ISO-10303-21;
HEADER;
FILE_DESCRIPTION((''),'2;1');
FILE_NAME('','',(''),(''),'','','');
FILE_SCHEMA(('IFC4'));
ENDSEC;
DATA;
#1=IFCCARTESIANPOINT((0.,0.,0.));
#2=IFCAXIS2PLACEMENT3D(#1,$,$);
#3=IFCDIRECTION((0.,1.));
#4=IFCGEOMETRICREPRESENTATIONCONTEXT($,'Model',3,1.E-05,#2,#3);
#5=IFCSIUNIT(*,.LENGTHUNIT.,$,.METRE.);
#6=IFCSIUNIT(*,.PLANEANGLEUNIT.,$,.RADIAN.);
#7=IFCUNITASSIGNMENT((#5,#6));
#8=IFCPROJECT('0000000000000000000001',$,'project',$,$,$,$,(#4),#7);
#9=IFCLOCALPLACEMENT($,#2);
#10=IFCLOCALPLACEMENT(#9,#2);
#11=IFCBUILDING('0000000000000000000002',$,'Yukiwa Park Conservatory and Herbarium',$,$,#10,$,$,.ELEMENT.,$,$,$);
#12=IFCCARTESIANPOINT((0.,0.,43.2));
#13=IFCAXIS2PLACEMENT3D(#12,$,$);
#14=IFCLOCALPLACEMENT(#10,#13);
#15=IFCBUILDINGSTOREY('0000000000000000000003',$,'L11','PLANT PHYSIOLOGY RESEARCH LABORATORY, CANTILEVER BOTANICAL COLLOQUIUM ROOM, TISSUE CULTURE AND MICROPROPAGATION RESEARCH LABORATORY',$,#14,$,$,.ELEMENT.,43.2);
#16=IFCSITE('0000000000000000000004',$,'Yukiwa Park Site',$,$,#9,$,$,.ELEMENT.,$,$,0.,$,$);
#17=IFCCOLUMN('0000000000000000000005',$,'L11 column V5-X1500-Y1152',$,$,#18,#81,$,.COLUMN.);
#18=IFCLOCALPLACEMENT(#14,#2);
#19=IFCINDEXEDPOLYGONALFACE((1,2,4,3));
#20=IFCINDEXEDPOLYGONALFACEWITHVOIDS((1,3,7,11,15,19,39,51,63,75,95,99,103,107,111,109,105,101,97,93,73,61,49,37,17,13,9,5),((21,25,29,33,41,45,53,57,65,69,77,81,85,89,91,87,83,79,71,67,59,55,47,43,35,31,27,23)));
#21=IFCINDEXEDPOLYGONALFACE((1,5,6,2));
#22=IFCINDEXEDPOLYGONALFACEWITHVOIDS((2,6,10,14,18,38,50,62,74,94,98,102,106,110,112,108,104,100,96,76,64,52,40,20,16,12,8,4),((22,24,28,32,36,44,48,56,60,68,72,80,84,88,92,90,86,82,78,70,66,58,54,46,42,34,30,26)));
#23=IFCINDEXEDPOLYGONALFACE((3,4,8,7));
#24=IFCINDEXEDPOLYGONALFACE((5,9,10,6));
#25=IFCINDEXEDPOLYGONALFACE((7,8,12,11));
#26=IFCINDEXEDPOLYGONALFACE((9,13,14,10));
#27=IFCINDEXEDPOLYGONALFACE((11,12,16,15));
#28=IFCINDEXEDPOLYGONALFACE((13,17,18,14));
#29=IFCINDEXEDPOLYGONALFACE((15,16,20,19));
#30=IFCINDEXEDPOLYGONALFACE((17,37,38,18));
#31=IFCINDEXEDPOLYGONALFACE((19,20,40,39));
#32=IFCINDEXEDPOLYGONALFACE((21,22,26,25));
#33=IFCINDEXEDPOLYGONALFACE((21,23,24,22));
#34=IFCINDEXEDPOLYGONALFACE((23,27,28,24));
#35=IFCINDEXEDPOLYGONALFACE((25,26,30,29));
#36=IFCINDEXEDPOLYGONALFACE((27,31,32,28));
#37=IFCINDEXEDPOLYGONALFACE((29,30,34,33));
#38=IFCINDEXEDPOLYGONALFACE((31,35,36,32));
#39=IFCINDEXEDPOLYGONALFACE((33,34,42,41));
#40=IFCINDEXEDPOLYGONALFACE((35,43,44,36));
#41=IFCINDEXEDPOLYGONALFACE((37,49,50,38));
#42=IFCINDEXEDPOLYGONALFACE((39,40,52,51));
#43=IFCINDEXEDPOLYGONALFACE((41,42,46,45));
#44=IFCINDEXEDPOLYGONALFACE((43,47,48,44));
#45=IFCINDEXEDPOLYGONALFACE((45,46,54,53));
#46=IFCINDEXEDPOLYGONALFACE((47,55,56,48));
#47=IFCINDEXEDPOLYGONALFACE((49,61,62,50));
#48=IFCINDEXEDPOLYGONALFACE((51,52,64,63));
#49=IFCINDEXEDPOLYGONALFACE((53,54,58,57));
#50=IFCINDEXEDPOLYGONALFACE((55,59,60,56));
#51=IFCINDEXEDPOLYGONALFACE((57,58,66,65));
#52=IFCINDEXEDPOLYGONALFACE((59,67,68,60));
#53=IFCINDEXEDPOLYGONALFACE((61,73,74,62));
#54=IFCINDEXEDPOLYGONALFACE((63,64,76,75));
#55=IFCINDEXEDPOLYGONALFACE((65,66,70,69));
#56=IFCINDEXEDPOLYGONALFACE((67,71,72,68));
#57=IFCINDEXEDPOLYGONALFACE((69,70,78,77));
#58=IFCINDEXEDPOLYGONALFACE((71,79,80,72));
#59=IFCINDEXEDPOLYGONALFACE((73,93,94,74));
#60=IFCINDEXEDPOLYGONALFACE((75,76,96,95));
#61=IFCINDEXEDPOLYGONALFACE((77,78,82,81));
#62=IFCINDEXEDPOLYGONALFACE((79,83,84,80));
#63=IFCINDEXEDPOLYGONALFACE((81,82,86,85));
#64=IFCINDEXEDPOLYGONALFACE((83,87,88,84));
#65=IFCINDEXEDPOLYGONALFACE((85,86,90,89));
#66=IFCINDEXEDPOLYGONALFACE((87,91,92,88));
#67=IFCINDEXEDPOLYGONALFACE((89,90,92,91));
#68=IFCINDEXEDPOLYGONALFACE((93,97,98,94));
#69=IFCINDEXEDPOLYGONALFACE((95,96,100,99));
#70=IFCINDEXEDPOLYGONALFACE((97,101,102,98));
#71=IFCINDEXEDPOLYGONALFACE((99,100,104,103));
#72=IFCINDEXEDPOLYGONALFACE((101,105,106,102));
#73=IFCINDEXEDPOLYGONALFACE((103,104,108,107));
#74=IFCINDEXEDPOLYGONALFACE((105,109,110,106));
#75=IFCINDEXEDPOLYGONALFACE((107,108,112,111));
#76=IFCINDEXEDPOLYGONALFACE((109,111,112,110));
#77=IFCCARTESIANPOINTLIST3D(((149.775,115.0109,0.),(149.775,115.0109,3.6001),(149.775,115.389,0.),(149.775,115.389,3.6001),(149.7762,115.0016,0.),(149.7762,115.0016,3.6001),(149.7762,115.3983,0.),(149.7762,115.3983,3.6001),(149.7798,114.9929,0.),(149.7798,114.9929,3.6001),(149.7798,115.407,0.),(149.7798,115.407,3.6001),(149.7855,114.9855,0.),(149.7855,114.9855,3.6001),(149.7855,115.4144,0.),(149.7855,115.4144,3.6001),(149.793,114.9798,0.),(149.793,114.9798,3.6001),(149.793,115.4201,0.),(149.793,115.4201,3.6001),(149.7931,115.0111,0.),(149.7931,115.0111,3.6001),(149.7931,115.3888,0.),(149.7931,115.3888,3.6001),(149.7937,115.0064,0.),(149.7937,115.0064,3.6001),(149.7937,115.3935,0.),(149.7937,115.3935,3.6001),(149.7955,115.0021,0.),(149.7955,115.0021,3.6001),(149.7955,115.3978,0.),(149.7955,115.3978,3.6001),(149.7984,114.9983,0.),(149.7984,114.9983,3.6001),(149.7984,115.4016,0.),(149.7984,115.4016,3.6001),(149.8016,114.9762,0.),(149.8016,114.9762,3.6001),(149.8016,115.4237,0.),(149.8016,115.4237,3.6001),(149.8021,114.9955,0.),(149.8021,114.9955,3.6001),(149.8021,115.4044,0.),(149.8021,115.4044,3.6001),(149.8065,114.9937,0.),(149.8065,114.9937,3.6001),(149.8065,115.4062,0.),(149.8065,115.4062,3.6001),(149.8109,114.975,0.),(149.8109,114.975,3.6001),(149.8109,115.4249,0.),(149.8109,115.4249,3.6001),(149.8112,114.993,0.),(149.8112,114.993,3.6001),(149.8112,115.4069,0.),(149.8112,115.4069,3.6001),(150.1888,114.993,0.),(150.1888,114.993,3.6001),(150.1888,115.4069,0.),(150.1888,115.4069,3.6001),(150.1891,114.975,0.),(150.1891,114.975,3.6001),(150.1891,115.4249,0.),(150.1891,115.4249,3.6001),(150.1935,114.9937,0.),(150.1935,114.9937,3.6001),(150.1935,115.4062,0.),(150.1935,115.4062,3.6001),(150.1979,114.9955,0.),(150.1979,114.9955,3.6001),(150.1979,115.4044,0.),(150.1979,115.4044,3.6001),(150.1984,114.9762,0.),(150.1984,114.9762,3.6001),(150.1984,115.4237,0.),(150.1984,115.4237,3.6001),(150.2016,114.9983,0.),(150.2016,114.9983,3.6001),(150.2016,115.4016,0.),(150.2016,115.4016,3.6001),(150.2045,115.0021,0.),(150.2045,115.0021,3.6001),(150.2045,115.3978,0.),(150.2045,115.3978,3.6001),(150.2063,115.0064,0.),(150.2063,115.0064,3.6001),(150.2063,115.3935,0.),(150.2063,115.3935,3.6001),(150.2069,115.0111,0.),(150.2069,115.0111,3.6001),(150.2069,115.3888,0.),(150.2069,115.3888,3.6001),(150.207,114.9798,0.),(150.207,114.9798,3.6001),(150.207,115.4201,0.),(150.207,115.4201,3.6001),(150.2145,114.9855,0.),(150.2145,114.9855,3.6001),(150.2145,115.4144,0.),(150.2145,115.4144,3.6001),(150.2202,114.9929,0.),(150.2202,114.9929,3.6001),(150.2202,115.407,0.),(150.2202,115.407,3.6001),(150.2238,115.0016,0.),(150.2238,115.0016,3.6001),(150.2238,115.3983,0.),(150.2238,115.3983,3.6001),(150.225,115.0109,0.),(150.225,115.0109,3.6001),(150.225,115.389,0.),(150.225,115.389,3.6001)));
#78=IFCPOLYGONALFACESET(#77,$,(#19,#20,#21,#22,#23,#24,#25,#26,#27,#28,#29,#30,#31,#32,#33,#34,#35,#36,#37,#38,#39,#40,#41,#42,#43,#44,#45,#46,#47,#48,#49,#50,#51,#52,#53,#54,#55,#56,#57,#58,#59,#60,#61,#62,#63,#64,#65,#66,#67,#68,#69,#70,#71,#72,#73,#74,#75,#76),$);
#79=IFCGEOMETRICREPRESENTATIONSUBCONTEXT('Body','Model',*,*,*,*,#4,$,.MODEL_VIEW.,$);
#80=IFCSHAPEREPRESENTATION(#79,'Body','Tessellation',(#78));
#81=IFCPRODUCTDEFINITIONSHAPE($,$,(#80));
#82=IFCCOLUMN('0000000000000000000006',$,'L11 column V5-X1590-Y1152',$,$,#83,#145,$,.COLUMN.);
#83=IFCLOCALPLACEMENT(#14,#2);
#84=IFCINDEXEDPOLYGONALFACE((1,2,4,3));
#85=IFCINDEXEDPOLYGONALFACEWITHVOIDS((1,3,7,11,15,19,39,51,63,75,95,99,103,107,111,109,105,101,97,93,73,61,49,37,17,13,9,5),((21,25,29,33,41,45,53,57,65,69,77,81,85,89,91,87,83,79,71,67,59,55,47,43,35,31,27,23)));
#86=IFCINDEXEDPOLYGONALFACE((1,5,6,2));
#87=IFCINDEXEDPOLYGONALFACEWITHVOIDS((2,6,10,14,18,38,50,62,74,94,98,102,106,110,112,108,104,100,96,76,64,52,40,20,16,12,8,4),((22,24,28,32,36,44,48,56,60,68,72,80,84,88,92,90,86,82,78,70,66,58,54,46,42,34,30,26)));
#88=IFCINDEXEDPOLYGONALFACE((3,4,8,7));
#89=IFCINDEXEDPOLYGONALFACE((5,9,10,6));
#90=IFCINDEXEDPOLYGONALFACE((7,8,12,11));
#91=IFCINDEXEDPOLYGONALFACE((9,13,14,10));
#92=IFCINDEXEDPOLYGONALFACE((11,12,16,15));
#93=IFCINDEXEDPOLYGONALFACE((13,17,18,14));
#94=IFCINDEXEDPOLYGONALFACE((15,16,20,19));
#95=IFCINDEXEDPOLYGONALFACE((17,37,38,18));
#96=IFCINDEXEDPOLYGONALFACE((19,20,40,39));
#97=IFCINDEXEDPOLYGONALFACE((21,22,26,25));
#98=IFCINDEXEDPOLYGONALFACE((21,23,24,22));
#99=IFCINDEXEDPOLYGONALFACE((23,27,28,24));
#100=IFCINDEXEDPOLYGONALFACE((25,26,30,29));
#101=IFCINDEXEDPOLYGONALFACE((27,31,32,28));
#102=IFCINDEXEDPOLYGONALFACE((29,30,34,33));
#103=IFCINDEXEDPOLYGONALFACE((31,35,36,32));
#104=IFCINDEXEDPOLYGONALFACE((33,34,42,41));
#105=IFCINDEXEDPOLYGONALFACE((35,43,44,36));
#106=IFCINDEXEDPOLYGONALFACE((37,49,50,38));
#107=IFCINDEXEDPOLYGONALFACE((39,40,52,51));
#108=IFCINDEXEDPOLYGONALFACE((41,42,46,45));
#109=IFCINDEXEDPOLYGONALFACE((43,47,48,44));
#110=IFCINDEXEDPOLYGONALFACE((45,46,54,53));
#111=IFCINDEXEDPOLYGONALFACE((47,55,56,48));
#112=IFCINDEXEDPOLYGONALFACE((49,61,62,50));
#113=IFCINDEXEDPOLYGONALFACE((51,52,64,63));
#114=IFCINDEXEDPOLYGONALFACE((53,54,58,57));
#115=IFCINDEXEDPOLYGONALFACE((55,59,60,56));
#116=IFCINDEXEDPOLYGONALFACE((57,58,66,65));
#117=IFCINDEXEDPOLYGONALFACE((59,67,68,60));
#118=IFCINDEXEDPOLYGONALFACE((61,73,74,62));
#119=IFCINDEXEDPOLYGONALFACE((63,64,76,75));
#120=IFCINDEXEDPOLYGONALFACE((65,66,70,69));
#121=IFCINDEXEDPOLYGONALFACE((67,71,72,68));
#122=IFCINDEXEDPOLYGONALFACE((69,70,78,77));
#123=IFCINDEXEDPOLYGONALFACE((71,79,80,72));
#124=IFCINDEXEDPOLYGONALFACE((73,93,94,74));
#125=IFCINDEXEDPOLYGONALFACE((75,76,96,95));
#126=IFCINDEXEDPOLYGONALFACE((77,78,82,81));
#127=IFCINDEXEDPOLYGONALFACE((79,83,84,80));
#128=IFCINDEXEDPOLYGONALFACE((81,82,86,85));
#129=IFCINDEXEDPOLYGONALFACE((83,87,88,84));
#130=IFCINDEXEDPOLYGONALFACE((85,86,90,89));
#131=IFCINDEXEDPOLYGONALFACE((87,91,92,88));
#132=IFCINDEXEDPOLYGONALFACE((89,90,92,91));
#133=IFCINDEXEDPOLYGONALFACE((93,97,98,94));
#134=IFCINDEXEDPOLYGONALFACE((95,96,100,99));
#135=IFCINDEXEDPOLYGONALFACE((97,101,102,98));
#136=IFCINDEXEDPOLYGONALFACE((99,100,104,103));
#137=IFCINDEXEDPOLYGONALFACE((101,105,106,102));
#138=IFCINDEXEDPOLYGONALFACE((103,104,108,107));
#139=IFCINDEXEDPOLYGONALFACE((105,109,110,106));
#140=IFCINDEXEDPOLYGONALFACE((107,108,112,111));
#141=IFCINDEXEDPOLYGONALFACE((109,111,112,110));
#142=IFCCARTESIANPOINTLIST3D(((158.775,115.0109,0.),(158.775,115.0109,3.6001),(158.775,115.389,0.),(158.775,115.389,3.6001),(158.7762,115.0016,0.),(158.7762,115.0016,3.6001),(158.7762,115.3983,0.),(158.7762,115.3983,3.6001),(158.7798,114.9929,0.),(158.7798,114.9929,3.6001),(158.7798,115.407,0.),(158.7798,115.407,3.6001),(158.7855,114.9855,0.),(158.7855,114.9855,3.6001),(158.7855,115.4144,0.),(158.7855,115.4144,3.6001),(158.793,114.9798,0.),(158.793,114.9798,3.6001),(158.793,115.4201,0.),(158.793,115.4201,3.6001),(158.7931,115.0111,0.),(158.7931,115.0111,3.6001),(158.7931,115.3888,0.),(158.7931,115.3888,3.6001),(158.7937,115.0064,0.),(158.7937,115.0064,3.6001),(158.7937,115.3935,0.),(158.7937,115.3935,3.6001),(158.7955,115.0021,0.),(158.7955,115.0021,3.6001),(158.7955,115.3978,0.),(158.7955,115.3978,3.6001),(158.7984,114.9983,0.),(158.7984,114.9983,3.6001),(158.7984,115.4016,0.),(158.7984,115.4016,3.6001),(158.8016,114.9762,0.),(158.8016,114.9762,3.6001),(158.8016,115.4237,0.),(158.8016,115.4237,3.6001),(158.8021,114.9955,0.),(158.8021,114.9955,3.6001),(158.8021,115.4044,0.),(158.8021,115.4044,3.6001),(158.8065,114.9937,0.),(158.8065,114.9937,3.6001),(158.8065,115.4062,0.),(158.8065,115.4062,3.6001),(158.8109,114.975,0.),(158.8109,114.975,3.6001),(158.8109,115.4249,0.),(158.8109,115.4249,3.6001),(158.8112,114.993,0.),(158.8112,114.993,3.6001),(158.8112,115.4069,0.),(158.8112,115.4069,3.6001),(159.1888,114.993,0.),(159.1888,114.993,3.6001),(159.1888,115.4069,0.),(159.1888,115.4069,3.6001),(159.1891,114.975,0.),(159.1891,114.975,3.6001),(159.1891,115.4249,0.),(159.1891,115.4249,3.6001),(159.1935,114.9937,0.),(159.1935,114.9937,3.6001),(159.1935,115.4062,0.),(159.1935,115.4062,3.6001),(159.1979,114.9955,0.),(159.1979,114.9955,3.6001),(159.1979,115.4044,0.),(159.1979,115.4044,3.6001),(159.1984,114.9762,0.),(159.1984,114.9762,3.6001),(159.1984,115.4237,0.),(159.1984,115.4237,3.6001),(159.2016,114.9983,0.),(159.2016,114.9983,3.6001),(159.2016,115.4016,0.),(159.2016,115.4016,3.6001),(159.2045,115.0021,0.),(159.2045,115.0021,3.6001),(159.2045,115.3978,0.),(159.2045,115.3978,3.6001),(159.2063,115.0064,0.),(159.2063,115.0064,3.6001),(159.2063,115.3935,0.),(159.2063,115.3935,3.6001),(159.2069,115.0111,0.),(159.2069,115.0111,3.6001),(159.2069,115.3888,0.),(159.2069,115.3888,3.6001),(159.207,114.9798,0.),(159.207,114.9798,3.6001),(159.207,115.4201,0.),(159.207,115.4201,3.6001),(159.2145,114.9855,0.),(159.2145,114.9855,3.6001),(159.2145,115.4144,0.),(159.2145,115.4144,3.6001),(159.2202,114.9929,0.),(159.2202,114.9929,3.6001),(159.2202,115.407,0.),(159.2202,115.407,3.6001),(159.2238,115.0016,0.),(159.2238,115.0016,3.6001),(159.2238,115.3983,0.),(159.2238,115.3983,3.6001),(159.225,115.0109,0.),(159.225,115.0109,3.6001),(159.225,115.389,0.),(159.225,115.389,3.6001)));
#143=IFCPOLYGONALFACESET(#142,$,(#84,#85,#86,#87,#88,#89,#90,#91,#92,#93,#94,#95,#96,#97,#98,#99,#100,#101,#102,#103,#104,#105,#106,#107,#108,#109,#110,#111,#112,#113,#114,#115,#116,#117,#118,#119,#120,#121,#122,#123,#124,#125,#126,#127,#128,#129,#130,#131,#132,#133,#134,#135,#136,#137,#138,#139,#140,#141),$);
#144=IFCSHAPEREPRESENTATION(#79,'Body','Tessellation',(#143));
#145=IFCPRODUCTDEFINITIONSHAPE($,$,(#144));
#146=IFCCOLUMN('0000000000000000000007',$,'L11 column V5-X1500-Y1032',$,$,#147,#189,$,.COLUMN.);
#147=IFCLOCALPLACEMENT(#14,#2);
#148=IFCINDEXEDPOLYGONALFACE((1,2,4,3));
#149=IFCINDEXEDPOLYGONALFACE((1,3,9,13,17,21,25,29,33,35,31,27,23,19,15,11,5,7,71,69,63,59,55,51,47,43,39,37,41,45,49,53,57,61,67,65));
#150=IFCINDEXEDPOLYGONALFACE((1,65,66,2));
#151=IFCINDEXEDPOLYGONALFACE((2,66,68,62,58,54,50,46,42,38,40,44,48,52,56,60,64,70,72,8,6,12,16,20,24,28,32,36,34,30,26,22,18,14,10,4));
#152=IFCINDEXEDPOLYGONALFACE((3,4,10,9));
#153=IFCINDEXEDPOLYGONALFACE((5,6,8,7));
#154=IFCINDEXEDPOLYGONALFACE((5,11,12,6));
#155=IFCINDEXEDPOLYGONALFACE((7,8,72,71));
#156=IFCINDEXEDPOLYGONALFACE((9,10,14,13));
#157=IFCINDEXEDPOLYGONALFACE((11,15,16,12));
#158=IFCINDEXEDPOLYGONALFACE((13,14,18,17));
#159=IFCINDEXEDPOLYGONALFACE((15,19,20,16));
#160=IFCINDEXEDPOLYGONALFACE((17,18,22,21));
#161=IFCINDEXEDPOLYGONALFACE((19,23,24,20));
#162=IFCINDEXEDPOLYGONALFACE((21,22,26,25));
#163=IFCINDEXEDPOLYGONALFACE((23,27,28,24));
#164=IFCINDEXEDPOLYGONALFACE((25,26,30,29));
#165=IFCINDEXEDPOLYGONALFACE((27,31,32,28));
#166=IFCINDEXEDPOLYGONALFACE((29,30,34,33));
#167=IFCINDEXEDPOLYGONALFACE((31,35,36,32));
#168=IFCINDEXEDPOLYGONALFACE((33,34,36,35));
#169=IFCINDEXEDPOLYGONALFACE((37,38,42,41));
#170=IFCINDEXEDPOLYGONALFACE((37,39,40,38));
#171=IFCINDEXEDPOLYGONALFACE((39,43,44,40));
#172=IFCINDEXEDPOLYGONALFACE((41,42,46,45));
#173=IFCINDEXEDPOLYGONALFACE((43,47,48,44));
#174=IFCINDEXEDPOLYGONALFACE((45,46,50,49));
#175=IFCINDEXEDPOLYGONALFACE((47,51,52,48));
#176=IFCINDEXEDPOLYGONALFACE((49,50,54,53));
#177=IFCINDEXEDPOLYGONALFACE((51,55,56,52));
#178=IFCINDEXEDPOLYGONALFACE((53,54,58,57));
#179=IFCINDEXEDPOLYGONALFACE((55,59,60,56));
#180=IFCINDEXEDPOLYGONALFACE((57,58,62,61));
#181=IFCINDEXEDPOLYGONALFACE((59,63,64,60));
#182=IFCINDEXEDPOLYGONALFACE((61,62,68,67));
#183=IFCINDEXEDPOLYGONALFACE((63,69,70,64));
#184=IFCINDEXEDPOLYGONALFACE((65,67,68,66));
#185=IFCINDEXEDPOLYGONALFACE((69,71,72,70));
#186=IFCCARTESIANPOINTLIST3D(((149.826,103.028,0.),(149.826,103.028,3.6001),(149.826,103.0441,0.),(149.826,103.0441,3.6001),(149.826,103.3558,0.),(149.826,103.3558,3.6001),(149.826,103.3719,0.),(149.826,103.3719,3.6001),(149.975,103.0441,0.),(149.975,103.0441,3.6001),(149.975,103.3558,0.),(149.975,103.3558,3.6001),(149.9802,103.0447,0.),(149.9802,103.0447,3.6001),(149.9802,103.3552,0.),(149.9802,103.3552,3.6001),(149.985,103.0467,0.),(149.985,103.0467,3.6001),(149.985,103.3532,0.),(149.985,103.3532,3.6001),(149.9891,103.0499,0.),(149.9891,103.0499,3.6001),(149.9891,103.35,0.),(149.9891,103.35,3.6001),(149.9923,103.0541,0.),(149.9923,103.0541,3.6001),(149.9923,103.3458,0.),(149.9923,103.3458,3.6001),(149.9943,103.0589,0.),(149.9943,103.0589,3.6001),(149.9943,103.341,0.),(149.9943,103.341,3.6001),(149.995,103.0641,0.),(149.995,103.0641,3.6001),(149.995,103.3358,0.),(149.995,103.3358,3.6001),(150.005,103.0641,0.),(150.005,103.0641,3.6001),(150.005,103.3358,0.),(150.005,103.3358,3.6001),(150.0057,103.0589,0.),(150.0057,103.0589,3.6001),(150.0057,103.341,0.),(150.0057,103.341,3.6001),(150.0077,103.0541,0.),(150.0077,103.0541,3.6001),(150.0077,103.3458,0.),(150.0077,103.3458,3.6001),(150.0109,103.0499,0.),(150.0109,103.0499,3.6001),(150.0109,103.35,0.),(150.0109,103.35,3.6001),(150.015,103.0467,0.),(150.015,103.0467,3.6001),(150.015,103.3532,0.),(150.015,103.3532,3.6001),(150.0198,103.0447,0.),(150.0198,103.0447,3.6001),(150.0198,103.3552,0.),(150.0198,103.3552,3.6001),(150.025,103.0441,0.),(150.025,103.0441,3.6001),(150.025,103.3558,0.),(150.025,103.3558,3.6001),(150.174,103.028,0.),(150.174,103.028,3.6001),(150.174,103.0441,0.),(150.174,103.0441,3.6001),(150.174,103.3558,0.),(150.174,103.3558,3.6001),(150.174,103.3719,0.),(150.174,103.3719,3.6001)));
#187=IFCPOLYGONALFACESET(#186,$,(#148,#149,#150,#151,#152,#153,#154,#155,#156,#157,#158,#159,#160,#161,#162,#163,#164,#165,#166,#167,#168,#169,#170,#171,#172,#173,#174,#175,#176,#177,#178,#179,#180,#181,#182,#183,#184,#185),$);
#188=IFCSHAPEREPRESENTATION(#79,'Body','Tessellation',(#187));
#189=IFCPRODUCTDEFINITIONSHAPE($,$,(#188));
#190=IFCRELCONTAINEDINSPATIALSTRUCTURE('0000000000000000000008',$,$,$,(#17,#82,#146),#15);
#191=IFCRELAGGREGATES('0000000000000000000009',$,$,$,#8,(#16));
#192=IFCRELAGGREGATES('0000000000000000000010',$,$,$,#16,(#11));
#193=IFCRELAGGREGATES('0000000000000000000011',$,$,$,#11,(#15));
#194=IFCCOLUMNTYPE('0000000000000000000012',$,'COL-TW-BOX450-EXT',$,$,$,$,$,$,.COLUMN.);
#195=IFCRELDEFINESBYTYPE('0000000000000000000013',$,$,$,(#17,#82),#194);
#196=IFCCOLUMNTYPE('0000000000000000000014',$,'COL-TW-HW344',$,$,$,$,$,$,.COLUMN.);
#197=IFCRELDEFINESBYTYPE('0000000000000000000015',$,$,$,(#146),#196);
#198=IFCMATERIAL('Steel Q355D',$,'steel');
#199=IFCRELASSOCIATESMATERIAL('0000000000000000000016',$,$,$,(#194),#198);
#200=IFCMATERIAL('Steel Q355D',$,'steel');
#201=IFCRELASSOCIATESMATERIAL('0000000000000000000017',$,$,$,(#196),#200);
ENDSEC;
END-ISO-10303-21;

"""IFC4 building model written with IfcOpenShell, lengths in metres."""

from ifc_helpers import new_model, si_unit, direction, frame, origin, origin_2d, place, context, subcontext, project, spatial, hollow_rectangle, i_section, extrude, material, material_profile, profile_set, type_object, element, save


model = new_model("IFC4")

# Units and contexts
model_context = context("Model", 3, precision=1e-05, world=origin(), true_north=direction((0.0, 1.0)))
body_context = subcontext(model_context, "Body", "Model", "MODEL_VIEW")
ifc_project = project(units=[si_unit("LENGTHUNIT", "METRE"), si_unit("PLANEANGLEUNIT", "RADIAN")], contexts=[model_context])

# Site, building, storey
site_placement = place(None, origin())
site = spatial("IfcSite", under=ifc_project, at=site_placement, Name="Yukiwa Park Site", CompositionType="ELEMENT", RefElevation=0.0)
building_placement = place(site_placement, origin())
building = spatial("IfcBuilding", under=site, at=building_placement, Name="Yukiwa Park Conservatory and Herbarium", CompositionType="ELEMENT")
storey_placement = place(building_placement, frame((0.0, 0.0, 43.2)))
storey = spatial("IfcBuildingStorey", under=building, at=storey_placement, Name="L11", Description="PLANT PHYSIOLOGY RESEARCH LABORATORY, CANTILEVER BOTANICAL COLLOQUIUM ROOM, TISSUE CULTURE AND MICROPROPAGATION RESEARCH LABORATORY", CompositionType="ELEMENT", Elevation=43.2)

# Columns
ifc_material_1 = material(Name="Steel Q355D", Category="steel")
ifc_material_profile_1 = material_profile(ifc_material_1, hollow_rectangle(XDim=0.45, YDim=0.45, WallThickness=0.0181, InnerFilletRadius=0.0181, OuterFilletRadius=0.0359, at=origin_2d()), Name="BOX 450x450x18")
ifc_profile_set_1 = profile_set([ifc_material_profile_1], Name="Steel Q355D")
column_type_1 = type_object("IfcColumnType", Name="COL-TW-BOX450-EXT", PredefinedType="COLUMN", material=ifc_profile_set_1)
for number, where, z_axis, x_axis, name in (
    (1, (150.0, 115.2, 0.0), (0.0, 0.0, 1.0), (1.0, 0.0, 0.0), "L11 column V5-X1500-Y1152"),
    (2, (159.0, 115.2, 0.0), (0.0, 0.0, 1.0), (1.0, 0.0, 0.0), "L11 column V5-X1590-Y1152"),
):
    element("IfcColumn", number, at=place(storey_placement, frame(where, z_axis=z_axis, x_axis=x_axis)), inside=storey, type_object=column_type_1, Name=name, PredefinedType="COLUMN", context=body_context, shape_type="SweptSolid", body=[
        extrude(hollow_rectangle(XDim=0.45, YDim=0.45, WallThickness=0.0181, InnerFilletRadius=0.0181, OuterFilletRadius=0.0359, at=origin_2d()), origin(), (0.0, 0.0, 1.0), 3.6001),
    ])
ifc_material_2 = material(Name="Steel Q355D", Category="steel")
ifc_material_profile_2 = material_profile(ifc_material_2, i_section(OverallWidth=0.3479, OverallDepth=0.344, WebThickness=0.01, FlangeThickness=0.0161, FilletRadius=0.02, at=origin_2d()), Name="HW 344x348x10x16")
ifc_profile_set_2 = profile_set([ifc_material_profile_2], Name="Steel Q355D")
column_type_2 = type_object("IfcColumnType", Name="COL-TW-HW344", PredefinedType="COLUMN", material=ifc_profile_set_2)
for number, where, z_axis, x_axis, name in (
    (3, (150.0, 103.2, 0.0), (0.0, 0.0, 1.0), (1.0, 0.0, 0.0), "L11 column V5-X1500-Y1032"),
):
    element("IfcColumn", number, at=place(storey_placement, frame(where, z_axis=z_axis, x_axis=x_axis)), inside=storey, type_object=column_type_2, Name=name, PredefinedType="COLUMN", context=body_context, shape_type="SweptSolid", body=[
        extrude(i_section(OverallWidth=0.3479, OverallDepth=0.344, WebThickness=0.01, FlangeThickness=0.0161, FilletRadius=0.02, at=origin_2d()), origin(), (0.0, 0.0, 1.0), 3.6001),
    ])

save(model, "model.ifc")
